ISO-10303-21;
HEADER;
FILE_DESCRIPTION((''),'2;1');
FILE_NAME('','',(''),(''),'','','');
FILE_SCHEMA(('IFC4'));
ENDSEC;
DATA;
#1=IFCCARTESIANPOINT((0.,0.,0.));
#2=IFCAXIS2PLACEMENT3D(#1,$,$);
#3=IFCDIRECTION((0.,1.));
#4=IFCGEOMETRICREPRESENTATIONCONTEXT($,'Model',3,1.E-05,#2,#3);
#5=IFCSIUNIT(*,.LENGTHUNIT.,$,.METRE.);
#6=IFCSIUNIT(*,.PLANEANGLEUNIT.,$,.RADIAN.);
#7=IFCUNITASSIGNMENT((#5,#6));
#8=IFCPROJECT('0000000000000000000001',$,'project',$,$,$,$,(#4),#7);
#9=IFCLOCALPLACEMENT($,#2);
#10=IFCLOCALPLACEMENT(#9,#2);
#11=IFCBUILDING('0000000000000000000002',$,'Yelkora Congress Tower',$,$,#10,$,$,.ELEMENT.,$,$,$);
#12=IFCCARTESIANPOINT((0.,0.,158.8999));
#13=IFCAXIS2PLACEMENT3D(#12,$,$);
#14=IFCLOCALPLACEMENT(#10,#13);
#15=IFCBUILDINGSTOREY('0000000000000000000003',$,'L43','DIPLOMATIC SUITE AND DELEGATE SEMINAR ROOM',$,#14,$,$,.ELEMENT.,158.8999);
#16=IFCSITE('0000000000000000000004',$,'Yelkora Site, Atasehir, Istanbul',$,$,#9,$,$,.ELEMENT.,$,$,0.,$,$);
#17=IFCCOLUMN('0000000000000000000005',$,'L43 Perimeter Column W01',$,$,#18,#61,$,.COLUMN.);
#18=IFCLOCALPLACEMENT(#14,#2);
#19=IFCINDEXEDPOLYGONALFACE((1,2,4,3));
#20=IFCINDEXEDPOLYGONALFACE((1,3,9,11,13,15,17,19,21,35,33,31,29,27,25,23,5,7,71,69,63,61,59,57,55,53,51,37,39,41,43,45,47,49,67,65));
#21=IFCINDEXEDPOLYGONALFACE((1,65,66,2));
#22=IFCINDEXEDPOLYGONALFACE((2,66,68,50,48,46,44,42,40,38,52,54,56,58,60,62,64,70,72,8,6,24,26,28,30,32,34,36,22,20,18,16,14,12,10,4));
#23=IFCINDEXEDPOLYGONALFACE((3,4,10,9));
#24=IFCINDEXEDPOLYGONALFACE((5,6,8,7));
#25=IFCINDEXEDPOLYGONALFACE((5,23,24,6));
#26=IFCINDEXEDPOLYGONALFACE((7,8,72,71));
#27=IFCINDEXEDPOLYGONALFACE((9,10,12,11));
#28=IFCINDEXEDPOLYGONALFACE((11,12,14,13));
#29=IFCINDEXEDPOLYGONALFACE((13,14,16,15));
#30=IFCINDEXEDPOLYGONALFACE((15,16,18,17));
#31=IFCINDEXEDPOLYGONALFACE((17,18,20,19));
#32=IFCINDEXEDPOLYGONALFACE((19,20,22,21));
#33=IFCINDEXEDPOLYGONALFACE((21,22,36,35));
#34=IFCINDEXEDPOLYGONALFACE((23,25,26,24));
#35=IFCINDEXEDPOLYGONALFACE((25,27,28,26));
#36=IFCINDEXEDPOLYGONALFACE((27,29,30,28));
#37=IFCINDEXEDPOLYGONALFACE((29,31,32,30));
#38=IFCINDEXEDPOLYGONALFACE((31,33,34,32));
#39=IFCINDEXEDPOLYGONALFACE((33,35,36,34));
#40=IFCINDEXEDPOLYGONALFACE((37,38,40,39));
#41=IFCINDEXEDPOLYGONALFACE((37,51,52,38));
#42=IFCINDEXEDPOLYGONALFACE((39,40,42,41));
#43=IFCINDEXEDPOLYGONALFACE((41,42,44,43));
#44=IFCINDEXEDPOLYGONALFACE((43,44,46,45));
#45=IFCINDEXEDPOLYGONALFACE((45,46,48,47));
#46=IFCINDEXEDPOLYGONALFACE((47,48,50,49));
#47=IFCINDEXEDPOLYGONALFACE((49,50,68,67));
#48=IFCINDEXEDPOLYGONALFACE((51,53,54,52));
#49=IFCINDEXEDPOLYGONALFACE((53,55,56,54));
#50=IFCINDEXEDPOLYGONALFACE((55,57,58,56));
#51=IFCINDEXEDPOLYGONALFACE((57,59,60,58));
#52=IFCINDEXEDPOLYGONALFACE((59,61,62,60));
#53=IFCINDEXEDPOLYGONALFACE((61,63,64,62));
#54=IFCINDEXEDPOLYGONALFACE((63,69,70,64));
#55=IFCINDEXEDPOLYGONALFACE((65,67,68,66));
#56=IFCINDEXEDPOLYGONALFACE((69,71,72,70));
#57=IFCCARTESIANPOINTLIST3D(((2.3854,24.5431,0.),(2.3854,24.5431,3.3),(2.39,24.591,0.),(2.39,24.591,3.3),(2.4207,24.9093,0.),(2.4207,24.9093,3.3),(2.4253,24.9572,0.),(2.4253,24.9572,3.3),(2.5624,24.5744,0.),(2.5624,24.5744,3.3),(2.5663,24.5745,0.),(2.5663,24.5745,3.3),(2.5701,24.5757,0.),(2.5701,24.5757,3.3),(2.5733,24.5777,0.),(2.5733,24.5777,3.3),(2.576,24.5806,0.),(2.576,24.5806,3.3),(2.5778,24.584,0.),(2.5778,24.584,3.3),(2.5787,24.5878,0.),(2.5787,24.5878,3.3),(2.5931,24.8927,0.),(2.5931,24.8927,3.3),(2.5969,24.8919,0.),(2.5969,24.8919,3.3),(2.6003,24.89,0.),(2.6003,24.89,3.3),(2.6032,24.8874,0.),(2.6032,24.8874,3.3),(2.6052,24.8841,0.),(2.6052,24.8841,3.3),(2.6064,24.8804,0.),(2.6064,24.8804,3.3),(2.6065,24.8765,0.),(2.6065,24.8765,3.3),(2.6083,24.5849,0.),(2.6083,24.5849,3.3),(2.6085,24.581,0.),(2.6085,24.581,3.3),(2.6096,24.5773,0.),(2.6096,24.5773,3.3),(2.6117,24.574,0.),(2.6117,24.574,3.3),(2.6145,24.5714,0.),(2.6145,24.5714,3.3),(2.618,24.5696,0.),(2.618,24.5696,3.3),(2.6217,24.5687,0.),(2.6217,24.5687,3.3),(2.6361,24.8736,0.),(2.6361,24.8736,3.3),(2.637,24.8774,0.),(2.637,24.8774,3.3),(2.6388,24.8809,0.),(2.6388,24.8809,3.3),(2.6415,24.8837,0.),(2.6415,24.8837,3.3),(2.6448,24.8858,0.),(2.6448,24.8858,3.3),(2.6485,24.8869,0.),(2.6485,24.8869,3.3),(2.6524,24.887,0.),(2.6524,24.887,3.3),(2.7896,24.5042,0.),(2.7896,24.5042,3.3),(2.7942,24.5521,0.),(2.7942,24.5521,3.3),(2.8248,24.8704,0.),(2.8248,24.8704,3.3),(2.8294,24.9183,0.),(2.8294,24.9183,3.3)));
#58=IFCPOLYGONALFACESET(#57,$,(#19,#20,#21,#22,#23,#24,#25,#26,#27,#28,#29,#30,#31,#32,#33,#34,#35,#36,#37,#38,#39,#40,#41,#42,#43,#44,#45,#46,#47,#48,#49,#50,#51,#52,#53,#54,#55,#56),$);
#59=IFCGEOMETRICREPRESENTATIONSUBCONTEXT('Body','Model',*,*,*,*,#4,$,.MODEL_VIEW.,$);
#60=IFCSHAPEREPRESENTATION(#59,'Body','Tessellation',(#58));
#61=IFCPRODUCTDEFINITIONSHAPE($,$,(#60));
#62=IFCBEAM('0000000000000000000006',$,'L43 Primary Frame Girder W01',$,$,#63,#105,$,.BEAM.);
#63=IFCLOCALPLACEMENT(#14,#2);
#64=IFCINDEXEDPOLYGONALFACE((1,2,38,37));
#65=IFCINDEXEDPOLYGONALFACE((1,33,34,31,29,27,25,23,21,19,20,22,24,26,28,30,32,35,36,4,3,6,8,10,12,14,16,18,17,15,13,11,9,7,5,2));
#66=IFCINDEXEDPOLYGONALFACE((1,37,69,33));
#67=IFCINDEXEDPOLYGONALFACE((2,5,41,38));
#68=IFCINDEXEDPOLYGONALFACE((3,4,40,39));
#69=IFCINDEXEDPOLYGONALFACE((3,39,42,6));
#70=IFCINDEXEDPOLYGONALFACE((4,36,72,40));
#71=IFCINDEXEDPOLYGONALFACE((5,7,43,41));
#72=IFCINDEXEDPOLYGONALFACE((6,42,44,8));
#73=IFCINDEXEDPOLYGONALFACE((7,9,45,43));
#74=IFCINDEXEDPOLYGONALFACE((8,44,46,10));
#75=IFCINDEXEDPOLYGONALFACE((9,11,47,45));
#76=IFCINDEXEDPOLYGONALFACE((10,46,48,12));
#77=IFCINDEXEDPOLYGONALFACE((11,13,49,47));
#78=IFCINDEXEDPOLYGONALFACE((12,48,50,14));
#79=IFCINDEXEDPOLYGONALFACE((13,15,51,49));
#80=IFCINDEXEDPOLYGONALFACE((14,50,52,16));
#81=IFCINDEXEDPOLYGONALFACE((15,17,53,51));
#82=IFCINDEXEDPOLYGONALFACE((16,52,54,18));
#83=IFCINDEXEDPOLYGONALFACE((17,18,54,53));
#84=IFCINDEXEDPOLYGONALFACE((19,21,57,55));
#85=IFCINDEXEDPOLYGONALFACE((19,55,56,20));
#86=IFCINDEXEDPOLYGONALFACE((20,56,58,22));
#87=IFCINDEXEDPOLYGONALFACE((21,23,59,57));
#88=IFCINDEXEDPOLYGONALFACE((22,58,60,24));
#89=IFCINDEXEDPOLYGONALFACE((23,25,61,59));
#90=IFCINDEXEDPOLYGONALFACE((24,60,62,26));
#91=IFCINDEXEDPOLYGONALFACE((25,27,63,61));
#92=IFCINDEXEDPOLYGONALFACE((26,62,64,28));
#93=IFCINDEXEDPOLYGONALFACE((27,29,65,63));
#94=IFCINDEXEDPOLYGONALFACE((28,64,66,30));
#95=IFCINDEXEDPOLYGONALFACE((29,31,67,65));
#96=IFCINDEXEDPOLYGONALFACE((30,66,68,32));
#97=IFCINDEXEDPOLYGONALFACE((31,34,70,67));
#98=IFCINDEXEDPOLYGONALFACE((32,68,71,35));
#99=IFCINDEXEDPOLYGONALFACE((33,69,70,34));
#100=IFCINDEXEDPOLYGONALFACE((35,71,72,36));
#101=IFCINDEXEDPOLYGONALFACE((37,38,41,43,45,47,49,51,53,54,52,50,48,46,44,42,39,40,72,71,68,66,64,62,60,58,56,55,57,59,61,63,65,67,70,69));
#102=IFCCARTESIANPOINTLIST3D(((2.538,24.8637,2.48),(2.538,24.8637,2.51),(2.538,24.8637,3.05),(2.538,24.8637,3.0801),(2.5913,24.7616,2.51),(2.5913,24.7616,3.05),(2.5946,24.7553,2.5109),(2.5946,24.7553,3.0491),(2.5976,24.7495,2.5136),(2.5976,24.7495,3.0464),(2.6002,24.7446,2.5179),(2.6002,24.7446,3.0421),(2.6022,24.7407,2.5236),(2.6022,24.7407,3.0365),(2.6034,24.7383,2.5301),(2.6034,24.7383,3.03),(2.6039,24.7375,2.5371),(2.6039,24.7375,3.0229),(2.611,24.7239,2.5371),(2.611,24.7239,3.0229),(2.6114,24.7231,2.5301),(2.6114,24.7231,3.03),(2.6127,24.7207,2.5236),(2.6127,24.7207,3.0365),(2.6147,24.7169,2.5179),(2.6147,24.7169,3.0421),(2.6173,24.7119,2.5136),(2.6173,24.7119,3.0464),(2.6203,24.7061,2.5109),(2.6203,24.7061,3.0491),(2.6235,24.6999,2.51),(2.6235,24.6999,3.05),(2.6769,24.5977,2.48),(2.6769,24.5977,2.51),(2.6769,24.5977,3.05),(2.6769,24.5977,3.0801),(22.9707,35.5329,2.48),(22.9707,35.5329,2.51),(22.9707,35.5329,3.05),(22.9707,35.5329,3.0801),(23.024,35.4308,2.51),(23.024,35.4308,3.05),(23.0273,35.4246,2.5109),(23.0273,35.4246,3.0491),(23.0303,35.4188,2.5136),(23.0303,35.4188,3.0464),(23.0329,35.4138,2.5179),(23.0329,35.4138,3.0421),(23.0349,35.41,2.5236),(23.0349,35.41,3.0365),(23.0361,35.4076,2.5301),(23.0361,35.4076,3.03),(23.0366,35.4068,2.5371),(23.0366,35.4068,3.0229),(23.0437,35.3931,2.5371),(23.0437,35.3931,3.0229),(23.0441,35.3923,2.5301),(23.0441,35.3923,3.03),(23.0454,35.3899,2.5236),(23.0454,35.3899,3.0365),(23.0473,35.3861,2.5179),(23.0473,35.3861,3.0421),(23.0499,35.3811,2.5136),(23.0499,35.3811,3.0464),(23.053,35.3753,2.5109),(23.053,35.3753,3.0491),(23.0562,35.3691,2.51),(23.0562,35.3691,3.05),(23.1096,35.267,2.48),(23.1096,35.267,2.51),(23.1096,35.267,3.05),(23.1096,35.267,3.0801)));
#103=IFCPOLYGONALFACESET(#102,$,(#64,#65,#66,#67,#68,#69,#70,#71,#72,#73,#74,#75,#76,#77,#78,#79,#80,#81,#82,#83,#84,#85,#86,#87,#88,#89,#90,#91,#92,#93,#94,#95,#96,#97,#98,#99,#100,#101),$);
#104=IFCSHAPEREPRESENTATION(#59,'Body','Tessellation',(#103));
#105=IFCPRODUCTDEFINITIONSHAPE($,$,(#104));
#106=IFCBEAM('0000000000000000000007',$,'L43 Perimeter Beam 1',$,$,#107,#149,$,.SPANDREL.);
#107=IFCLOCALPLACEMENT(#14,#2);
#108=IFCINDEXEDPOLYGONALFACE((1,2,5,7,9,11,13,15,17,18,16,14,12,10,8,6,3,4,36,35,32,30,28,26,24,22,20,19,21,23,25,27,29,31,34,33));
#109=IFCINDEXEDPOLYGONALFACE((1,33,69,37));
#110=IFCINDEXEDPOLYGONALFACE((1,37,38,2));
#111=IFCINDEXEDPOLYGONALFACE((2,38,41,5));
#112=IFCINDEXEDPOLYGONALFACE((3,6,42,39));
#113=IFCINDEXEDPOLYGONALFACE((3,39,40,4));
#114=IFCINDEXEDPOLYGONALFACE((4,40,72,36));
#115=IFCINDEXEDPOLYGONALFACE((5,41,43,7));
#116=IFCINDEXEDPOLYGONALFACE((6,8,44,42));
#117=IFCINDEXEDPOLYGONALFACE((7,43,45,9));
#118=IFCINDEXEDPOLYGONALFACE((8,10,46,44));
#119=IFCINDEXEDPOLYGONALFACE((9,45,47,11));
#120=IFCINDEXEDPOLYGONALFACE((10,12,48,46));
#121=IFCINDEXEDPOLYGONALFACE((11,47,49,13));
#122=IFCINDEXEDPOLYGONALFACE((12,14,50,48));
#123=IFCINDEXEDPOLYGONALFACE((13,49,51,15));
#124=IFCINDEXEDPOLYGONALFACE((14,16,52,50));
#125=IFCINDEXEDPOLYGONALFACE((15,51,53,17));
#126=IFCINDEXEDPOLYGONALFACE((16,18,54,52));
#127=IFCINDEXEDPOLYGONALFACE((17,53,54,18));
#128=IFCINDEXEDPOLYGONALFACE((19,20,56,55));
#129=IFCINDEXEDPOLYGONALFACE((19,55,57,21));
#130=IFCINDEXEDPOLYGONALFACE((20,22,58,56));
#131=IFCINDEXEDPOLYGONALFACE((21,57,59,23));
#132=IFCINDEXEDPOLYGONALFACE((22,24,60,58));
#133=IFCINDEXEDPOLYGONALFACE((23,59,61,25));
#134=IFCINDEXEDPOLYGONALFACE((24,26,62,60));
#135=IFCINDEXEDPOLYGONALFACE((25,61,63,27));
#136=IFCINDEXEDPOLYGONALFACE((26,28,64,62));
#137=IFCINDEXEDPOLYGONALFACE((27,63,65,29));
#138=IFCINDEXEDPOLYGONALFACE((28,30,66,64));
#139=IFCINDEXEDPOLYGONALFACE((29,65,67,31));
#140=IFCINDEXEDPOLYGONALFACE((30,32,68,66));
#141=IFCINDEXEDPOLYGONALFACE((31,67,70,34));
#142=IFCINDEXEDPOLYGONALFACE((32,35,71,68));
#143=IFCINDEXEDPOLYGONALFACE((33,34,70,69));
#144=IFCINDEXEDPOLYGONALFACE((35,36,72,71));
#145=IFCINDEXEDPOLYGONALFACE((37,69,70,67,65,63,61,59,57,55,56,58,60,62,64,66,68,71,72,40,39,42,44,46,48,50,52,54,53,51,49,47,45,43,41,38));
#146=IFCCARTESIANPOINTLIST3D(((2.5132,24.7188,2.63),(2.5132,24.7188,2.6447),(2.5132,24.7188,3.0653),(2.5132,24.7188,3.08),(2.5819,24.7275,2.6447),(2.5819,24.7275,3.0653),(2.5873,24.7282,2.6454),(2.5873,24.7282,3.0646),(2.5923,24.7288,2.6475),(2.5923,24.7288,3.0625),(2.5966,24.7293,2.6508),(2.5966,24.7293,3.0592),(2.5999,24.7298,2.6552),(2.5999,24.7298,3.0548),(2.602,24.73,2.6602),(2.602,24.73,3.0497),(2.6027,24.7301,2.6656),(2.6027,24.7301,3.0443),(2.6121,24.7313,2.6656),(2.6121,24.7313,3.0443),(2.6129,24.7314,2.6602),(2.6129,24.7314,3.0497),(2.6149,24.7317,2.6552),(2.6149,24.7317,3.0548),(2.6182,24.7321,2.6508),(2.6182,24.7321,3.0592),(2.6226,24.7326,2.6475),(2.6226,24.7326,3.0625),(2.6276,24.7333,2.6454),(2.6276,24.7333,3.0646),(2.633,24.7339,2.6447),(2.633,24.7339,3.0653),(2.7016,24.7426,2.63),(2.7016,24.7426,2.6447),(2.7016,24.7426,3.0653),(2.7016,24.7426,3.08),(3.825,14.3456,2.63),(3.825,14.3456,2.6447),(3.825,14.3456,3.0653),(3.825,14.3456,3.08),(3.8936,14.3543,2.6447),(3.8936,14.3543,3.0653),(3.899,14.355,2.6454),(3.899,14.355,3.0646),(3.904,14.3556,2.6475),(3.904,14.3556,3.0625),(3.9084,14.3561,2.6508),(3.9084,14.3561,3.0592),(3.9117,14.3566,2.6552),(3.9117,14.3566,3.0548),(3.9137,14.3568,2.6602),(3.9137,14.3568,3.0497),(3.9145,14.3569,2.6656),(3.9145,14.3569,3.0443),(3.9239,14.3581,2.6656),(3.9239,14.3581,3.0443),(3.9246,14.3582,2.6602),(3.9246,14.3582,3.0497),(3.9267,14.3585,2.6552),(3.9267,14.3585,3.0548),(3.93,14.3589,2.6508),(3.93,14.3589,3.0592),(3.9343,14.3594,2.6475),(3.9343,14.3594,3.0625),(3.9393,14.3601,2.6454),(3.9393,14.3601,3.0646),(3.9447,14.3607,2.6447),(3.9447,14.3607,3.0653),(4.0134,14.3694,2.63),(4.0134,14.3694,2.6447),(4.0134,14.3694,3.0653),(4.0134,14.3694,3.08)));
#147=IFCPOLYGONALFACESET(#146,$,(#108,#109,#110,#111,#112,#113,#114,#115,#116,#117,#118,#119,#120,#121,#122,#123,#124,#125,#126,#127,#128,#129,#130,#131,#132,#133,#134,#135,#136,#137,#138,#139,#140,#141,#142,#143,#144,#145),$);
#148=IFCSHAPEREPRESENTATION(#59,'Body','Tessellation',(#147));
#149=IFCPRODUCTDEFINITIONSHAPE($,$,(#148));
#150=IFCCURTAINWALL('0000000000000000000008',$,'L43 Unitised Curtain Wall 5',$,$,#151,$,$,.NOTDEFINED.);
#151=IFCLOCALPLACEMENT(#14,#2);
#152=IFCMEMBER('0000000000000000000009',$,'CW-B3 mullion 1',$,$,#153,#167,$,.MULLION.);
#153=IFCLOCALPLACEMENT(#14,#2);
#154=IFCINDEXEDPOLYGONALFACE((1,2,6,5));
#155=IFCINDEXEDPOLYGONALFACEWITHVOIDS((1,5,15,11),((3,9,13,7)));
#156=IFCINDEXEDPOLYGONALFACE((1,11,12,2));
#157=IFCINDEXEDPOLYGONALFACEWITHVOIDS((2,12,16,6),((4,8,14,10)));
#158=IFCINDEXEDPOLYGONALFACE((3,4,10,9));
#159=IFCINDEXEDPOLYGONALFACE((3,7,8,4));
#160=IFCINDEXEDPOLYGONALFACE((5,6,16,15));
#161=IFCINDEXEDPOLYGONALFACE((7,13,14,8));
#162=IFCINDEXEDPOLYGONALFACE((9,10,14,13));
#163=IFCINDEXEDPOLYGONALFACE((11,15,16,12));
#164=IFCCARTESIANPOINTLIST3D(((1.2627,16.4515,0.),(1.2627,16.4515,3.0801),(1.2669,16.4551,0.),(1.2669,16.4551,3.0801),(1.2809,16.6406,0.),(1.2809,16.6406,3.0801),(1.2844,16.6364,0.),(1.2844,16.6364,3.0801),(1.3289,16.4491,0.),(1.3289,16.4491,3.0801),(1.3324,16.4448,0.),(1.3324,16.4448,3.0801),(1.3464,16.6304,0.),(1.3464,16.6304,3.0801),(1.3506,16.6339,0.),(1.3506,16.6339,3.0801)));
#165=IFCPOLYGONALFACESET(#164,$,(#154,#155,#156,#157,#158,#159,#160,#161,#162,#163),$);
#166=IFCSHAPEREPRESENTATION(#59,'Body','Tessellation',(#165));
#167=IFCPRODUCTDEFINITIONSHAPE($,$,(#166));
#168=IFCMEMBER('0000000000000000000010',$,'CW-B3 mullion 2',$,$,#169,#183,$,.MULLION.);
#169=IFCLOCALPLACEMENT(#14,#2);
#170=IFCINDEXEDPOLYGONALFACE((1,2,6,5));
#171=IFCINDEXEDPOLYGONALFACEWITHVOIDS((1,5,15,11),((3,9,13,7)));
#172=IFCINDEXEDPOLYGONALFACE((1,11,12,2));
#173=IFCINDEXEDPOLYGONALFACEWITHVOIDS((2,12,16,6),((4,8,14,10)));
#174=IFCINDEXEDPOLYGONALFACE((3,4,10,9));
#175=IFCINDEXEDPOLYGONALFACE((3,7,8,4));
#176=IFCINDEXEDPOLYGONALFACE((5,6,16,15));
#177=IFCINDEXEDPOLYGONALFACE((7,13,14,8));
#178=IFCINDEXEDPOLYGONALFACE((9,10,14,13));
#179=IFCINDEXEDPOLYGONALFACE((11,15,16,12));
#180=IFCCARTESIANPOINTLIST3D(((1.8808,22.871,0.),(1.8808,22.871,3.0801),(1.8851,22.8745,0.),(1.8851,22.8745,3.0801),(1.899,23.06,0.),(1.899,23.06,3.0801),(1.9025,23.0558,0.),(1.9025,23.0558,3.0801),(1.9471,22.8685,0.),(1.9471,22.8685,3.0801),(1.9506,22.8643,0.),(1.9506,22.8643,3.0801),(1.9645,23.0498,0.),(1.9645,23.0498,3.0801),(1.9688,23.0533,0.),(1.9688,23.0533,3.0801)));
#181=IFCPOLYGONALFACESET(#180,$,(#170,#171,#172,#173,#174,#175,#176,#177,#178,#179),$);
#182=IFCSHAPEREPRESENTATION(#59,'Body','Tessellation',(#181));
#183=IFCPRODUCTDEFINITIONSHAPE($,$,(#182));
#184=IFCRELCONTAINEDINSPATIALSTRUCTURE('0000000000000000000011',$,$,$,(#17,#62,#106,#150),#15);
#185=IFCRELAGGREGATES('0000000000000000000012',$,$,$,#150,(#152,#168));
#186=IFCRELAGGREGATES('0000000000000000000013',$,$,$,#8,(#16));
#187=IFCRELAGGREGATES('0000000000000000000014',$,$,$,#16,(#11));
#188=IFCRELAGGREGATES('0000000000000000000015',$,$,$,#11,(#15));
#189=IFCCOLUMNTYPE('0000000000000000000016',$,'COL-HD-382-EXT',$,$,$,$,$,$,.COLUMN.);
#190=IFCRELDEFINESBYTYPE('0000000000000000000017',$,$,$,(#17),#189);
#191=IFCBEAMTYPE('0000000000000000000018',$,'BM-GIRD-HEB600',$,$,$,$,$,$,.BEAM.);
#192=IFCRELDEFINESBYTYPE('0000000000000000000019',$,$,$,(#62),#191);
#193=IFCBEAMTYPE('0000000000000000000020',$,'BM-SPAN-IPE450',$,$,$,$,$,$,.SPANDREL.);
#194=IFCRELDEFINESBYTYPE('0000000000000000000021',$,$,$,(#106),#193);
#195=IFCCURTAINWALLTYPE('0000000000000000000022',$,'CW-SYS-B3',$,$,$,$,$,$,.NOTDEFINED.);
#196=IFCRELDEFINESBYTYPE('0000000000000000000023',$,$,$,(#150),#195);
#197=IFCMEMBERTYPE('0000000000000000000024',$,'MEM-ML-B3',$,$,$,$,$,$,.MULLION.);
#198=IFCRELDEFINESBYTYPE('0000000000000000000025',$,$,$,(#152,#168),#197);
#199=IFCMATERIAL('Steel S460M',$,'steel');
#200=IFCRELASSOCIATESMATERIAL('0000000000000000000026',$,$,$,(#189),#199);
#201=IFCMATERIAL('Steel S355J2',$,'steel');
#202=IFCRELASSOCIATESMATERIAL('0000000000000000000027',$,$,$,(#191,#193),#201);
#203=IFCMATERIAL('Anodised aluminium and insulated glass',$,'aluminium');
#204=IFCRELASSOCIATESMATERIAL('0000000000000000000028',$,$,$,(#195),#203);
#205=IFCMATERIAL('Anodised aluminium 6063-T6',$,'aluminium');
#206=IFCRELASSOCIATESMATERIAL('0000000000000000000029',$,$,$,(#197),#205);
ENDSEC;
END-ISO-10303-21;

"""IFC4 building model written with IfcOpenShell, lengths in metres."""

from ifc_helpers import new_model, si_unit, direction, frame, origin, origin_2d, place, context, subcontext, project, spatial, hollow_rectangle, i_section, extrude, material, material_profile, profile_set, type_object, element, aggregate, save


model = new_model("IFC4")

# Units and contexts
model_context = context("Model", 3, precision=1e-05, world=origin(), true_north=direction((0.0, 1.0)))
body_context = subcontext(model_context, "Body", "Model", "MODEL_VIEW")
ifc_project = project(units=[si_unit("LENGTHUNIT", "METRE"), si_unit("PLANEANGLEUNIT", "RADIAN")], contexts=[model_context])

# Site, building, storey
site_placement = place(None, origin())
site = spatial("IfcSite", under=ifc_project, at=site_placement, Name="Yelkora Site, Atasehir, Istanbul", CompositionType="ELEMENT", RefElevation=0.0)
building_placement = place(site_placement, origin())
building = spatial("IfcBuilding", under=site, at=building_placement, Name="Yelkora Congress Tower", CompositionType="ELEMENT")
storey_placement = place(building_placement, frame((0.0, 0.0, 158.8999)))
storey = spatial("IfcBuildingStorey", under=building, at=storey_placement, Name="L43", Description="DIPLOMATIC SUITE AND DELEGATE SEMINAR ROOM", CompositionType="ELEMENT", Elevation=158.8999)

# Column
ifc_material_1 = material(Name="Steel S460M", Category="steel")
ifc_material_profile_1 = material_profile(ifc_material_1, i_section(OverallWidth=0.406, OverallDepth=0.416, WebThickness=0.0298, FlangeThickness=0.0481, FilletRadius=0.0149, at=origin_2d()), Name="HD 400x382")
ifc_profile_set_1 = profile_set([ifc_material_profile_1], Name="Steel S460M")
column_type = type_object("IfcColumnType", Name="COL-HD-382-EXT", PredefinedType="COLUMN", material=ifc_profile_set_1)
column_placement = place(storey_placement, frame((2.6074, 24.7307, 0.0), z_axis=(0.0, 0.0, 1.0), x_axis=(0.995396, -0.095846, 0.0)))
element("IfcColumn", 1, at=column_placement, inside=storey, type_object=column_type, Name="L43 Perimeter Column W01", PredefinedType="COLUMN", context=body_context, shape_type="SweptSolid", body=[
    extrude(i_section(OverallWidth=0.406, OverallDepth=0.416, WebThickness=0.0298, FlangeThickness=0.0481, FilletRadius=0.0149, at=origin_2d()), origin(), (0.0, 0.0, 1.0), 3.3),
])

# Beams
ifc_material_2 = material(Name="Steel S355J2", Category="steel")
ifc_material_profile_2 = material_profile(ifc_material_2, i_section(OverallWidth=0.3, OverallDepth=0.6001, WebThickness=0.0154, FlangeThickness=0.03, FilletRadius=0.0271, at=origin_2d()), Name="HEB 600")
ifc_profile_set_2 = profile_set([ifc_material_profile_2], Name="Steel S355J2")
beam_type_1 = type_object("IfcBeamType", Name="BM-GIRD-HEB600", PredefinedType="BEAM", material=ifc_profile_set_2)
beam_1_placement = place(storey_placement, frame((2.6074, 24.7307, 2.78), z_axis=(0.88643, 0.462862, 0.0), x_axis=(-0.462862, 0.88643, 0.0)))
element("IfcBeam", 2, at=beam_1_placement, inside=storey, type_object=beam_type_1, Name="L43 Primary Frame Girder W01", PredefinedType="BEAM", context=body_context, shape_type="SweptSolid", body=[
    extrude(i_section(OverallWidth=0.3, OverallDepth=0.6001, WebThickness=0.0154, FlangeThickness=0.03, FilletRadius=0.0271, at=origin_2d()), origin(), (0.0, 0.0, 1.0), 23.0505),
])
ifc_material_profile_3 = material_profile(ifc_material_2, i_section(OverallWidth=0.1899, OverallDepth=0.45, WebThickness=0.0095, FlangeThickness=0.0146, FilletRadius=0.021, at=origin_2d()), Name="IPE 450")
ifc_profile_set_3 = profile_set([ifc_material_profile_3], Name="Steel S355J2")
beam_type_2 = type_object("IfcBeamType", Name="BM-SPAN-IPE450", PredefinedType="SPANDREL", material=ifc_profile_set_3)
beam_2_placement = place(storey_placement, frame((2.6074, 24.7307, 2.855), z_axis=(0.125457, -0.992099, 0.0), x_axis=(0.992099, 0.125457, 0.0)))
element("IfcBeam", 3, at=beam_2_placement, inside=storey, type_object=beam_type_2, Name="L43 Perimeter Beam 1", PredefinedType="SPANDREL", context=body_context, shape_type="SweptSolid", body=[
    extrude(i_section(OverallWidth=0.1899, OverallDepth=0.45, WebThickness=0.0095, FlangeThickness=0.0146, FilletRadius=0.021, at=origin_2d()), origin(), (0.0, 0.0, 1.0), 10.4558),
])

# Curtain wall, members
ifc_material_3 = material(Name="Anodised aluminium and insulated glass", Category="aluminium")
curtain_wall_type = type_object("IfcCurtainWallType", Name="CW-SYS-B3", PredefinedType="NOTDEFINED", material=ifc_material_3)
curtain_wall_placement = place(storey_placement, origin())
curtain_wall = element("IfcCurtainWall", 4, at=curtain_wall_placement, inside=storey, type_object=curtain_wall_type, Name="L43 Unitised Curtain Wall 5", PredefinedType="NOTDEFINED")
ifc_material_4 = material(Name="Anodised aluminium 6063-T6", Category="aluminium")
ifc_material_profile_4 = material_profile(ifc_material_4, hollow_rectangle(XDim=0.0701, YDim=0.1899, WallThickness=0.0039, at=origin_2d()), Name="ALU 70x190x4")
ifc_profile_set_4 = profile_set([ifc_material_profile_4], Name="Anodised aluminium 6063-T6")
member_type_1 = type_object("IfcMemberType", Name="MEM-ML-B3", PredefinedType="MULLION", material=ifc_profile_set_4)
member_1_placement = place(storey_placement, frame((1.3066, 16.5427, 0.0), z_axis=(0.0, 0.0, 1.0), x_axis=(-0.995396, 0.095845, 0.0)))
member_1 = element("IfcMember", 5, at=member_1_placement, type_object=member_type_1, Name="CW-B3 mullion 1", PredefinedType="MULLION", context=body_context, shape_type="SweptSolid", body=[
    extrude(hollow_rectangle(XDim=0.0701, YDim=0.1899, WallThickness=0.0039, at=origin_2d()), origin(), (0.0, 0.0, 1.0), 3.0801),
])
member_2_placement = place(storey_placement, frame((1.9248, 22.9622, 0.0), z_axis=(0.0, 0.0, 1.0), x_axis=(-0.995396, 0.095845, 0.0)))
member_2 = element("IfcMember", 6, at=member_2_placement, type_object=member_type_1, Name="CW-B3 mullion 2", PredefinedType="MULLION", context=body_context, shape_type="SweptSolid", body=[
    extrude(hollow_rectangle(XDim=0.0701, YDim=0.1899, WallThickness=0.0039, at=origin_2d()), origin(), (0.0, 0.0, 1.0), 3.0801),
])
aggregate(curtain_wall, [member_1, member_2])

save(model, "model.ifc")
